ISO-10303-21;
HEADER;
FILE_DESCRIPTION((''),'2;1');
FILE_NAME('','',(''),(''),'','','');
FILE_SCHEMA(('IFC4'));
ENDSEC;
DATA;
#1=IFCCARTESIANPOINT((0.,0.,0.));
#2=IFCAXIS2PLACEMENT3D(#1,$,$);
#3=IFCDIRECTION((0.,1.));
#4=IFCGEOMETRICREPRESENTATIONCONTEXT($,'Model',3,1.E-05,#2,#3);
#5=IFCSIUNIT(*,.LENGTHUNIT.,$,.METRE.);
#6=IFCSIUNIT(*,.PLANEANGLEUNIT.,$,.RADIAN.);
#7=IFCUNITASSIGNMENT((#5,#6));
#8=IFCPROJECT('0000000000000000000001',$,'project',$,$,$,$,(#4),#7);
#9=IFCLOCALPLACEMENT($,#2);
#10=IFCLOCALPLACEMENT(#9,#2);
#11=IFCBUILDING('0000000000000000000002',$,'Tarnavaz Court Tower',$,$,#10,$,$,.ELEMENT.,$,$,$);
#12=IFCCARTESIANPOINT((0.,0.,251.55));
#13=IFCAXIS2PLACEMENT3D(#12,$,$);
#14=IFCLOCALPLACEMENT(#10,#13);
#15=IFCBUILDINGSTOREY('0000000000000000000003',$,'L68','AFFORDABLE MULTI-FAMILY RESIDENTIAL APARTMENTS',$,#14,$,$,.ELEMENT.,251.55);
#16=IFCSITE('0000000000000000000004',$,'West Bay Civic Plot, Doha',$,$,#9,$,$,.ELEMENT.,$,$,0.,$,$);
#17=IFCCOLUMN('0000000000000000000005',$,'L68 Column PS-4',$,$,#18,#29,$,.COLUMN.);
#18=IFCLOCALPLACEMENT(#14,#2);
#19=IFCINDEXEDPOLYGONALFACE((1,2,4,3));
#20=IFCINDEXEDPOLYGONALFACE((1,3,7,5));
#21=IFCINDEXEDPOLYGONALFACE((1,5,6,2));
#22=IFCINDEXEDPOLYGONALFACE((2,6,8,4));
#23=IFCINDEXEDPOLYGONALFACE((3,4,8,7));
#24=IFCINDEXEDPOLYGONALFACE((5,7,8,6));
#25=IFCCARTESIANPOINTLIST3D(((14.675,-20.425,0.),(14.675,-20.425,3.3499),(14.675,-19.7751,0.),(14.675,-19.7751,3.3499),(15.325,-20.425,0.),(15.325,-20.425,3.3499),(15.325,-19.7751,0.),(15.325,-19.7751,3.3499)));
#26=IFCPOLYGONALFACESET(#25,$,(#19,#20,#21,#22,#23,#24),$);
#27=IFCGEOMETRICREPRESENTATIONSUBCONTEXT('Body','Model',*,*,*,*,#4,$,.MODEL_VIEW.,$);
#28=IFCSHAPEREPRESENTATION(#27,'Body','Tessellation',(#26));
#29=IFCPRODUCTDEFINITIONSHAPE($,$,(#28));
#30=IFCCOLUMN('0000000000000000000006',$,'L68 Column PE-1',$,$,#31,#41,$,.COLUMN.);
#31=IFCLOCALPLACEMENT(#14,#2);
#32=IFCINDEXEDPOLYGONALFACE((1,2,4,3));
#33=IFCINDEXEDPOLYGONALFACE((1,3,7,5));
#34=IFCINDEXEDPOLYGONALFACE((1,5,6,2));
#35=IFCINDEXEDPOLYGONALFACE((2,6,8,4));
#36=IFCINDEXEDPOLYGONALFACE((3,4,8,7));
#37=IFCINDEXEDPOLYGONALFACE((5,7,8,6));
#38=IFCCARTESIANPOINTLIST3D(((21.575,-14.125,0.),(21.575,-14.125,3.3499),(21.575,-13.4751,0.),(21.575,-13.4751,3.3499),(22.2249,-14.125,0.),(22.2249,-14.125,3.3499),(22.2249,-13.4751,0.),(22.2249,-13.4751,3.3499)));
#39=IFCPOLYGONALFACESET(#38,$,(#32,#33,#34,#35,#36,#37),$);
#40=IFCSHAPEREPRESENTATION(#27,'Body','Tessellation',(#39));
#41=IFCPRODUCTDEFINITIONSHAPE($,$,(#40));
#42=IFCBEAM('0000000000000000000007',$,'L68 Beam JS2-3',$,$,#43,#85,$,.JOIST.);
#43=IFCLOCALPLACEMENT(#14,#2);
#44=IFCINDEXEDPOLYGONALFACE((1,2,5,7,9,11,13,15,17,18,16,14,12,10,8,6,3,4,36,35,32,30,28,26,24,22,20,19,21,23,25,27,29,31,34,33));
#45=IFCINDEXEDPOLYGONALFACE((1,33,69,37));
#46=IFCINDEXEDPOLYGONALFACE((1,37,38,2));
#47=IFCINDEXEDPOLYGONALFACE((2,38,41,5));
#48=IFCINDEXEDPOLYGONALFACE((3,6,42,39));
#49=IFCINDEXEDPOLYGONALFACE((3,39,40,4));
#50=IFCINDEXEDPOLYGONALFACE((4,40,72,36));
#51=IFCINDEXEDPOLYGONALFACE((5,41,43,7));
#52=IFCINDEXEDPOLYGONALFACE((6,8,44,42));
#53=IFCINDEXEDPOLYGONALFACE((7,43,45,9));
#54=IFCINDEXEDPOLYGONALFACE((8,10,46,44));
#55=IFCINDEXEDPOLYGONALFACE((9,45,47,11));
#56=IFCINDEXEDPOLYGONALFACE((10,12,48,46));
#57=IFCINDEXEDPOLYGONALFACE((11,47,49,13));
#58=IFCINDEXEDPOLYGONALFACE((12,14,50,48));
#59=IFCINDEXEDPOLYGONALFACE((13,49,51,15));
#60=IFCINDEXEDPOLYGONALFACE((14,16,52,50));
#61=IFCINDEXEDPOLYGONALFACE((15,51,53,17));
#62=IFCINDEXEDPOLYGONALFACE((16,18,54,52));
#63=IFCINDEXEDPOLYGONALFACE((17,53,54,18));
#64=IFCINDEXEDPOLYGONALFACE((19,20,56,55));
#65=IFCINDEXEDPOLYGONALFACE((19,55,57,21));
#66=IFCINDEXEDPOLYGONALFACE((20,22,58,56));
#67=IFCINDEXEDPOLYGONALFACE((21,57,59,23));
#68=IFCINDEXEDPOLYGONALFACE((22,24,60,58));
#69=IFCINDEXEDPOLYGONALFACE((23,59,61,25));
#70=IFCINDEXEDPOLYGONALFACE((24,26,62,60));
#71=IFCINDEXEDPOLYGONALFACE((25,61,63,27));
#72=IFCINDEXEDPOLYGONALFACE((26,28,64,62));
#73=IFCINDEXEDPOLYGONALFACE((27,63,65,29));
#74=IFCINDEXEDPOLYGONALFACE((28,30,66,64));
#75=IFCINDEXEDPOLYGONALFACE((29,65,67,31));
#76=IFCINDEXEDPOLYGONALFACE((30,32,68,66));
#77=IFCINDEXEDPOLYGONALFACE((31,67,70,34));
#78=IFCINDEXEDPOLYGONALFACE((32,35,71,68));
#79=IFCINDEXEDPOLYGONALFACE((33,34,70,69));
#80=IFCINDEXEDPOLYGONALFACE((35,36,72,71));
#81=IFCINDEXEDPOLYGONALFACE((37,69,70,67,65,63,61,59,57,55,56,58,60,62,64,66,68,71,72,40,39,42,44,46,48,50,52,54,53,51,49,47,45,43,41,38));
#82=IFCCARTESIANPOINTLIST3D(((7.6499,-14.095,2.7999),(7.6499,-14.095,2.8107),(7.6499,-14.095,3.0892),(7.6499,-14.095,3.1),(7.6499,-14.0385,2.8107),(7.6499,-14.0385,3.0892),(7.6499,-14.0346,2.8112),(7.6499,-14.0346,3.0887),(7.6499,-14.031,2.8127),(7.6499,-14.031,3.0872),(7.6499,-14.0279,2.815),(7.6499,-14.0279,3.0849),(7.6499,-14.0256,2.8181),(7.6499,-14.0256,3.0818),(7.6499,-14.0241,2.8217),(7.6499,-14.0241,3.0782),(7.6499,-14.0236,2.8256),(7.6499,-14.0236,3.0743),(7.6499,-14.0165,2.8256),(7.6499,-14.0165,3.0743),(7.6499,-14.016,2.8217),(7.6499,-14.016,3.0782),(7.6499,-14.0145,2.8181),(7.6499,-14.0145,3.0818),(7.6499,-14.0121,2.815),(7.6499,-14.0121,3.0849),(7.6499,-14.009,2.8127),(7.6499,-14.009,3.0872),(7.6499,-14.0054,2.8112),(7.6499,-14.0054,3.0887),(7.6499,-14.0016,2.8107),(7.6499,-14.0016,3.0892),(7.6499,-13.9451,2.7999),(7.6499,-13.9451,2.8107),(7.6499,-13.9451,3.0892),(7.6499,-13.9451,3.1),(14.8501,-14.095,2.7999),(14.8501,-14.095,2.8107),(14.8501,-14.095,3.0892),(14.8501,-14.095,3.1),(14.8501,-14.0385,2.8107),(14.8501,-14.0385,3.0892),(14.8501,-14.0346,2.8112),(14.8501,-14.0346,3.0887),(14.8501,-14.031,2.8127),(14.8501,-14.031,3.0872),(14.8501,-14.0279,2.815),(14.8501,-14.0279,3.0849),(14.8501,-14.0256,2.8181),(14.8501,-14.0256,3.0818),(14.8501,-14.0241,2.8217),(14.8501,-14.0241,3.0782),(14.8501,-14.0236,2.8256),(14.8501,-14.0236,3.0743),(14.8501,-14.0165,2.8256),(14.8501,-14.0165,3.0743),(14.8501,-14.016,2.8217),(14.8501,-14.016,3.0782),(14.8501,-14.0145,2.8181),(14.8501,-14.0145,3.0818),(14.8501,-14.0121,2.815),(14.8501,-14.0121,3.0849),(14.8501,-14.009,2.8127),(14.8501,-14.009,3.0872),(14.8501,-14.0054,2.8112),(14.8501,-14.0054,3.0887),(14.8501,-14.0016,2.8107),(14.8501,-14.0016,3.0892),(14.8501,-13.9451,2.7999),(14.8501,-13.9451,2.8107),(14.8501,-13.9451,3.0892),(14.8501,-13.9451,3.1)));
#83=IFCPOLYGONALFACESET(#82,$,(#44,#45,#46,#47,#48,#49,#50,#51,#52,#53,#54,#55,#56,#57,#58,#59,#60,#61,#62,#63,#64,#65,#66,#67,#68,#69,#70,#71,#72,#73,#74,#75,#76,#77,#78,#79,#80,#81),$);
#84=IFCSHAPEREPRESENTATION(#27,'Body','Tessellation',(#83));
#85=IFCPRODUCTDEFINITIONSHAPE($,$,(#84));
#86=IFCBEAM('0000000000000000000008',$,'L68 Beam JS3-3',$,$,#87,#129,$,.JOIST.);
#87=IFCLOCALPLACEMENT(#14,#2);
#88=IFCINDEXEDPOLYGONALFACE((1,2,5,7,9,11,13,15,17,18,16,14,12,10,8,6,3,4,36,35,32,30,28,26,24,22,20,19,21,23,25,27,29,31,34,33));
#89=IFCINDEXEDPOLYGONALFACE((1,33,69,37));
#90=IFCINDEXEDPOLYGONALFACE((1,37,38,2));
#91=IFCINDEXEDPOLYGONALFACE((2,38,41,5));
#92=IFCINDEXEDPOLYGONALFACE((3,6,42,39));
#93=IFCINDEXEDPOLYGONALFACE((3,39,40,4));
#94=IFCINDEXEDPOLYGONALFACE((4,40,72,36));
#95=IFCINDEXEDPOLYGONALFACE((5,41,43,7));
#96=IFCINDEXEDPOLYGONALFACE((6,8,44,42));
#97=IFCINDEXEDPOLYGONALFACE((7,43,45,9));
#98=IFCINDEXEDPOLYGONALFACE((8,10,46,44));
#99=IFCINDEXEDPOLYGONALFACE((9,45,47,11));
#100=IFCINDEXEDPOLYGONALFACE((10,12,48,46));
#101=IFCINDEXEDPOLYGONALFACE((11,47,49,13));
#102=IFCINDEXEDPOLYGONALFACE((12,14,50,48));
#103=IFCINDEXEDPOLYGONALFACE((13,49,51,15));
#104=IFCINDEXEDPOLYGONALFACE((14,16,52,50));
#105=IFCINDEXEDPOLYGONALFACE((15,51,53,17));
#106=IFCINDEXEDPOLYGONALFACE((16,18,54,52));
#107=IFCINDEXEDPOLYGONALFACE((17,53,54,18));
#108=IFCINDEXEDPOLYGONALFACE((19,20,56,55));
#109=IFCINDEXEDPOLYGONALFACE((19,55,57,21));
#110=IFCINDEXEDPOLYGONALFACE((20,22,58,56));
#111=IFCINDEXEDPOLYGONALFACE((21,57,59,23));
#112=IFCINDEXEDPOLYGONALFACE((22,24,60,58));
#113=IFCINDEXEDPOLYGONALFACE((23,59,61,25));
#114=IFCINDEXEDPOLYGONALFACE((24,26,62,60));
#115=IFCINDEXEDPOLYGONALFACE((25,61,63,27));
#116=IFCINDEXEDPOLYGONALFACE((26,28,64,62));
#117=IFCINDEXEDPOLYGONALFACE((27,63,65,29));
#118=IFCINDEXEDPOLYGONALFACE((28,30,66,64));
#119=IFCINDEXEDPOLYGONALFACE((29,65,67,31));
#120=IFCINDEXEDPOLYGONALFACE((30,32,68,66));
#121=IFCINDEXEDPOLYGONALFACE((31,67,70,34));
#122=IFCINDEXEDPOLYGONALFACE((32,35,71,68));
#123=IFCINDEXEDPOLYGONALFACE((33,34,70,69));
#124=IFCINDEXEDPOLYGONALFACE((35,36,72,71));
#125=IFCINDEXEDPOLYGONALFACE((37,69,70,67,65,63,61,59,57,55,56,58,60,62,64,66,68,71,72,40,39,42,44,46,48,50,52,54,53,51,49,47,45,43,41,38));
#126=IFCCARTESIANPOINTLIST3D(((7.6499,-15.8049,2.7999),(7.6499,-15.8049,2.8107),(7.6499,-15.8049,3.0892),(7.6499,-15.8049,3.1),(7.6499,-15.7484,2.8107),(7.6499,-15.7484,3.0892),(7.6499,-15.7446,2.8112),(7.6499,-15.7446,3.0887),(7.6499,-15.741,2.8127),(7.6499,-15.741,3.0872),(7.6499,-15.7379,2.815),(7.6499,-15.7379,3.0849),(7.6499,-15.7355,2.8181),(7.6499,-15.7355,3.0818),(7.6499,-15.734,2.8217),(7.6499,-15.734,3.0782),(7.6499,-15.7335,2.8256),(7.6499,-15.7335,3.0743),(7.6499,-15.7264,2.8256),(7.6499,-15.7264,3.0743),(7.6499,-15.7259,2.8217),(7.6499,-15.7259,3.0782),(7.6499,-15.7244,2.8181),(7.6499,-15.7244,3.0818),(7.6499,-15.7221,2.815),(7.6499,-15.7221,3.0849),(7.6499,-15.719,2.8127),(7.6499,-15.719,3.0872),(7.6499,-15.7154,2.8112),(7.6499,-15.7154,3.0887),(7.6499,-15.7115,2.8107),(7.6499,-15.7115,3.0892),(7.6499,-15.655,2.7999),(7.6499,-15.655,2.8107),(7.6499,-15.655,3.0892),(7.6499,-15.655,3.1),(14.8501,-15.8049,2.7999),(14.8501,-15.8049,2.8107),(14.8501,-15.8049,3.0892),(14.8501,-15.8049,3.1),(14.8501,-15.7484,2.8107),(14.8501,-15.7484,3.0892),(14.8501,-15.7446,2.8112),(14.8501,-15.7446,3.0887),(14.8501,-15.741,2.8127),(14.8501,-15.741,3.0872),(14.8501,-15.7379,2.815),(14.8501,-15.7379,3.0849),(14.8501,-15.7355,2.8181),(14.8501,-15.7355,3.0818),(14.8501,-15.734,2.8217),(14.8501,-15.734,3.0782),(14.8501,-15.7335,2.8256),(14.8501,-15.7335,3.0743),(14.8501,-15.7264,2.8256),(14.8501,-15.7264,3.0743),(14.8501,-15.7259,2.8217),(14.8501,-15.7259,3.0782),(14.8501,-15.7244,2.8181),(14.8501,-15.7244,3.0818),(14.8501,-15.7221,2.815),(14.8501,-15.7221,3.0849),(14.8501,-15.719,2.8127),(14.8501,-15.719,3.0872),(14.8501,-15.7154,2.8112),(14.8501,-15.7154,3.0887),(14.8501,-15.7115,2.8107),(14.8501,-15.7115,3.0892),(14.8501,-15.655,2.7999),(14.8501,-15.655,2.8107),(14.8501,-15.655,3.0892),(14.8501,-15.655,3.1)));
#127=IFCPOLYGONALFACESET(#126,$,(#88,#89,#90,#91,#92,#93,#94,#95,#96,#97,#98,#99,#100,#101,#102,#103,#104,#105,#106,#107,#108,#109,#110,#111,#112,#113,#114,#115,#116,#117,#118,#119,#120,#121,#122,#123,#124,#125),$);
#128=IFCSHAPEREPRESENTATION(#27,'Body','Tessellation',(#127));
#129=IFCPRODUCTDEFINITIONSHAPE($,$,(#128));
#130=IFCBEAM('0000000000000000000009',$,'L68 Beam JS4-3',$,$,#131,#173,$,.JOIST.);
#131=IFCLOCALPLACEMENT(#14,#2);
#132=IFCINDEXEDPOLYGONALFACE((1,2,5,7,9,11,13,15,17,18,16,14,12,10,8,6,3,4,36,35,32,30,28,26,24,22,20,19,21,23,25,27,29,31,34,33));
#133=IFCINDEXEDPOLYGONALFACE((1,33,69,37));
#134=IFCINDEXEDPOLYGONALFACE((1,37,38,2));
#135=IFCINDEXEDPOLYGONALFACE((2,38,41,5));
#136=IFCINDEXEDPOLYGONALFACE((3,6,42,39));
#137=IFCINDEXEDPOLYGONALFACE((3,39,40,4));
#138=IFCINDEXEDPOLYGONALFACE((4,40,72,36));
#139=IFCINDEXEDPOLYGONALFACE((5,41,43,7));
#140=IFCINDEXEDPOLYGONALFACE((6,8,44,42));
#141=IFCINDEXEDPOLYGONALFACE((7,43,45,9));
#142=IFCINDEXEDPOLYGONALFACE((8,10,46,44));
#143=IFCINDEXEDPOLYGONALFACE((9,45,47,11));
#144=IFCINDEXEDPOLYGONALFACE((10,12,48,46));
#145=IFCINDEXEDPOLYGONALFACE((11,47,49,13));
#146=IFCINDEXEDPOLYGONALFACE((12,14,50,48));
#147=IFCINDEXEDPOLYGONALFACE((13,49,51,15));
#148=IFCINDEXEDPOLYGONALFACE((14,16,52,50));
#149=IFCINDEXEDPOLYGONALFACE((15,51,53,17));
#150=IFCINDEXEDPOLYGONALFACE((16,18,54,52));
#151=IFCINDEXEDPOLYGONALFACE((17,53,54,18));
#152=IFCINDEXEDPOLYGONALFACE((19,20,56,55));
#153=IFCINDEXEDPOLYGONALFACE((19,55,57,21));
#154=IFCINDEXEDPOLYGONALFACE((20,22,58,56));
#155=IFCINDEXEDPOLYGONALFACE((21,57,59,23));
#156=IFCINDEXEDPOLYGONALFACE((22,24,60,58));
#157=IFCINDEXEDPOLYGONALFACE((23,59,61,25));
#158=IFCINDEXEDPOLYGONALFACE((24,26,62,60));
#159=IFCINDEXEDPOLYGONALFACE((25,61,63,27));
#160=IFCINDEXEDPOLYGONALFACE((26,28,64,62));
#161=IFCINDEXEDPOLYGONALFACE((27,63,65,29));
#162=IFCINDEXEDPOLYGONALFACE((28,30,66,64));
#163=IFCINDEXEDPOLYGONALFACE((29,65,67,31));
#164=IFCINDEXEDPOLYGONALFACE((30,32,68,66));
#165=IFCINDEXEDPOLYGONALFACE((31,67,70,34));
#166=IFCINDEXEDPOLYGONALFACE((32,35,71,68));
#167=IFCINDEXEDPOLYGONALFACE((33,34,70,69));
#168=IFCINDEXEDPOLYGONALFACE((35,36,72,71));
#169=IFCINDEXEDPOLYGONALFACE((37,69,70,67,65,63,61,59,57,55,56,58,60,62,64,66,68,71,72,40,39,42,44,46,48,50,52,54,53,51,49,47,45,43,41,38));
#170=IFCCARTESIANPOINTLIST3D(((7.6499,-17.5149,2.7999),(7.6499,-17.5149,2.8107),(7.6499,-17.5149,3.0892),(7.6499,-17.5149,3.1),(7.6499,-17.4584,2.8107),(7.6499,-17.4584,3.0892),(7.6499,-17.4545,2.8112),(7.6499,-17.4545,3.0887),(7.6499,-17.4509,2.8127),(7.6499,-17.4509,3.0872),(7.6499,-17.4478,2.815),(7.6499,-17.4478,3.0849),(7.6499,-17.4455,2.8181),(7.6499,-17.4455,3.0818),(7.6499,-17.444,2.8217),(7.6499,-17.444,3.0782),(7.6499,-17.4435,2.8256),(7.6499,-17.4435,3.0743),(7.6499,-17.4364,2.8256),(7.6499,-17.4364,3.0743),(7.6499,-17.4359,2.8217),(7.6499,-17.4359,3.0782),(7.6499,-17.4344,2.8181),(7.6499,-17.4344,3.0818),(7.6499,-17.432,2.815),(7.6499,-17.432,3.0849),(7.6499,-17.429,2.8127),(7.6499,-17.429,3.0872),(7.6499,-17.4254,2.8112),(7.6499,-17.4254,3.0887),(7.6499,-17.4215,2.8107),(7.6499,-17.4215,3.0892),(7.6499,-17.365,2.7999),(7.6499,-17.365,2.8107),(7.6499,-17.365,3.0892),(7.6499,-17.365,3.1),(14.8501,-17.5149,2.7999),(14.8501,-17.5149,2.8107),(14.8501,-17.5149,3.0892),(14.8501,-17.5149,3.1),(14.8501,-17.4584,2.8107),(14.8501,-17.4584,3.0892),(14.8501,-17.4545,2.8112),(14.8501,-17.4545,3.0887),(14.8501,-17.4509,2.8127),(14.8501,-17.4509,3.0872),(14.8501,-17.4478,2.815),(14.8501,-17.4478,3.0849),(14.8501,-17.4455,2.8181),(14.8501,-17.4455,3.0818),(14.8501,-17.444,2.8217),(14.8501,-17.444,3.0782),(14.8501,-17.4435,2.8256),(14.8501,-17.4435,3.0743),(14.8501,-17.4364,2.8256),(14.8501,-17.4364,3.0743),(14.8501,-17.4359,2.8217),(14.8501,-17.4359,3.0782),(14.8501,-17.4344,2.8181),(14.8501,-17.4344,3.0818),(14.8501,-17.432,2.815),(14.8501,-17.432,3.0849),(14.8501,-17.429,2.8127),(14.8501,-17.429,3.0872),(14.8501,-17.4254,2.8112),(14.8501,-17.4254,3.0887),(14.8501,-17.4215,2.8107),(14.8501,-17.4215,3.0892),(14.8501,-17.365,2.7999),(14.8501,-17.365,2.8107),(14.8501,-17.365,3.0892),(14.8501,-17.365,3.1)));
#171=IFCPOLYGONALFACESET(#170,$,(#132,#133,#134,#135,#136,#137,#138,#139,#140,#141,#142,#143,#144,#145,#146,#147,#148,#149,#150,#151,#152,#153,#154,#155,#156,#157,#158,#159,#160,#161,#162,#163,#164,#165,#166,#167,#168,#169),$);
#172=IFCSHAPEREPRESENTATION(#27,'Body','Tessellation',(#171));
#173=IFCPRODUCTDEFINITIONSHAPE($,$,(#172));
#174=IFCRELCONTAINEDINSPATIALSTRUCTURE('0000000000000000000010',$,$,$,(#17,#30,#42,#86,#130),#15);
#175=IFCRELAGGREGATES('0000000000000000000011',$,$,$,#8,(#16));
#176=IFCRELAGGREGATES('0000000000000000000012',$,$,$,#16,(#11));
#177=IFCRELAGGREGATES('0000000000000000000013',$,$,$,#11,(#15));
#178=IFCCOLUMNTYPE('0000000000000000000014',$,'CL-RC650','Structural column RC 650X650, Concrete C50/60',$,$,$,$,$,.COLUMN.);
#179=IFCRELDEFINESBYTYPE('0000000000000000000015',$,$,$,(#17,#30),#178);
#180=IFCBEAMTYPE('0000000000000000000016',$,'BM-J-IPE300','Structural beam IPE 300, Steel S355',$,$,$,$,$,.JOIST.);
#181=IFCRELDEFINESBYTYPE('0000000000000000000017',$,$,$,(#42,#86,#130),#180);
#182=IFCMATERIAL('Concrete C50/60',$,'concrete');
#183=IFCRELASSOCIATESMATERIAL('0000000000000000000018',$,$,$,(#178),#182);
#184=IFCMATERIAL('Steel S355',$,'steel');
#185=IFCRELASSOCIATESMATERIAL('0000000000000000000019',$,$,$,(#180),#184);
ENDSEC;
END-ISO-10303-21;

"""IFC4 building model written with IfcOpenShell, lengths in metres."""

from ifc_helpers import new_model, si_unit, direction, frame, origin, origin_2d, place, context, subcontext, project, spatial, rectangle, i_section, extrude, material, material_profile, profile_set, type_object, element, save


model = new_model("IFC4")

# Units and contexts
model_context = context("Model", 3, precision=1e-05, world=origin(), true_north=direction((0.0, 1.0)))
body_context = subcontext(model_context, "Body", "Model", "MODEL_VIEW")
ifc_project = project(units=[si_unit("LENGTHUNIT", "METRE"), si_unit("PLANEANGLEUNIT", "RADIAN")], contexts=[model_context])

# Site, building, storey
site_placement = place(None, origin())
site = spatial("IfcSite", under=ifc_project, at=site_placement, Name="West Bay Civic Plot, Doha", CompositionType="ELEMENT", RefElevation=0.0)
building_placement = place(site_placement, origin())
building = spatial("IfcBuilding", under=site, at=building_placement, Name="Tarnavaz Court Tower", CompositionType="ELEMENT")
storey_placement = place(building_placement, frame((0.0, 0.0, 251.55)))
storey = spatial("IfcBuildingStorey", under=building, at=storey_placement, Name="L68", Description="AFFORDABLE MULTI-FAMILY RESIDENTIAL APARTMENTS", CompositionType="ELEMENT", Elevation=251.55)

# Columns
ifc_material_1 = material(Name="Concrete C50/60", Category="concrete")
ifc_material_profile_1 = material_profile(ifc_material_1, rectangle(XDim=0.6499, YDim=0.6499, at=origin_2d()), Name="RC 650X650")
ifc_profile_set_1 = profile_set([ifc_material_profile_1], Name="Concrete C50/60")
column_type = type_object("IfcColumnType", Name="CL-RC650", Description="Structural column RC 650X650, Concrete C50/60", PredefinedType="COLUMN", material=ifc_profile_set_1)
for number, where, z_axis, x_axis, name in (
    (1, (15.0, -20.1001, 0.0), (0.0, 0.0, 1.0), (1.0, 0.0, 0.0), "L68 Column PS-4"),
    (2, (21.8999, -13.8, 0.0), (0.0, 0.0, 1.0), (1.0, 0.0, 0.0), "L68 Column PE-1"),
):
    element("IfcColumn", number, at=place(storey_placement, frame(where, z_axis=z_axis, x_axis=x_axis)), inside=storey, type_object=column_type, Name=name, PredefinedType="COLUMN", context=body_context, shape_type="SweptSolid", body=[
        extrude(rectangle(XDim=0.6499, YDim=0.6499, at=origin_2d()), origin(), (0.0, 0.0, 1.0), 3.3499),
    ])

# Beams
ifc_material_2 = material(Name="Steel S355", Category="steel")
ifc_material_profile_2 = material_profile(ifc_material_2, i_section(OverallWidth=0.1499, OverallDepth=0.3, WebThickness=0.0071, FlangeThickness=0.0107, FilletRadius=0.0149, at=origin_2d()), Name="IPE 300")
ifc_profile_set_2 = profile_set([ifc_material_profile_2], Name="Steel S355")
beam_type_1 = type_object("IfcBeamType", Name="BM-J-IPE300", Description="Structural beam IPE 300, Steel S355", PredefinedType="JOIST", material=ifc_profile_set_2)
for number, where, z_axis, x_axis, name in (
    (3, (7.6499, -14.02, 2.95), (1.0, 0.0, 0.0), (0.0, 1.0, 0.0), "L68 Beam JS2-3"),
    (4, (7.6499, -15.73, 2.95), (1.0, 0.0, 0.0), (0.0, 1.0, 0.0), "L68 Beam JS3-3"),
    (5, (7.6499, -17.4399, 2.95), (1.0, 0.0, 0.0), (0.0, 1.0, 0.0), "L68 Beam JS4-3"),
):
    element("IfcBeam", number, at=place(storey_placement, frame(where, z_axis=z_axis, x_axis=x_axis)), inside=storey, type_object=beam_type_1, Name=name, PredefinedType="JOIST", context=body_context, shape_type="SweptSolid", body=[
        extrude(i_section(OverallWidth=0.1499, OverallDepth=0.3, WebThickness=0.0071, FlangeThickness=0.0107, FilletRadius=0.0149, at=origin_2d()), origin(), (0.0, 0.0, 1.0), 7.2002),
    ])

save(model, "model.ifc")
